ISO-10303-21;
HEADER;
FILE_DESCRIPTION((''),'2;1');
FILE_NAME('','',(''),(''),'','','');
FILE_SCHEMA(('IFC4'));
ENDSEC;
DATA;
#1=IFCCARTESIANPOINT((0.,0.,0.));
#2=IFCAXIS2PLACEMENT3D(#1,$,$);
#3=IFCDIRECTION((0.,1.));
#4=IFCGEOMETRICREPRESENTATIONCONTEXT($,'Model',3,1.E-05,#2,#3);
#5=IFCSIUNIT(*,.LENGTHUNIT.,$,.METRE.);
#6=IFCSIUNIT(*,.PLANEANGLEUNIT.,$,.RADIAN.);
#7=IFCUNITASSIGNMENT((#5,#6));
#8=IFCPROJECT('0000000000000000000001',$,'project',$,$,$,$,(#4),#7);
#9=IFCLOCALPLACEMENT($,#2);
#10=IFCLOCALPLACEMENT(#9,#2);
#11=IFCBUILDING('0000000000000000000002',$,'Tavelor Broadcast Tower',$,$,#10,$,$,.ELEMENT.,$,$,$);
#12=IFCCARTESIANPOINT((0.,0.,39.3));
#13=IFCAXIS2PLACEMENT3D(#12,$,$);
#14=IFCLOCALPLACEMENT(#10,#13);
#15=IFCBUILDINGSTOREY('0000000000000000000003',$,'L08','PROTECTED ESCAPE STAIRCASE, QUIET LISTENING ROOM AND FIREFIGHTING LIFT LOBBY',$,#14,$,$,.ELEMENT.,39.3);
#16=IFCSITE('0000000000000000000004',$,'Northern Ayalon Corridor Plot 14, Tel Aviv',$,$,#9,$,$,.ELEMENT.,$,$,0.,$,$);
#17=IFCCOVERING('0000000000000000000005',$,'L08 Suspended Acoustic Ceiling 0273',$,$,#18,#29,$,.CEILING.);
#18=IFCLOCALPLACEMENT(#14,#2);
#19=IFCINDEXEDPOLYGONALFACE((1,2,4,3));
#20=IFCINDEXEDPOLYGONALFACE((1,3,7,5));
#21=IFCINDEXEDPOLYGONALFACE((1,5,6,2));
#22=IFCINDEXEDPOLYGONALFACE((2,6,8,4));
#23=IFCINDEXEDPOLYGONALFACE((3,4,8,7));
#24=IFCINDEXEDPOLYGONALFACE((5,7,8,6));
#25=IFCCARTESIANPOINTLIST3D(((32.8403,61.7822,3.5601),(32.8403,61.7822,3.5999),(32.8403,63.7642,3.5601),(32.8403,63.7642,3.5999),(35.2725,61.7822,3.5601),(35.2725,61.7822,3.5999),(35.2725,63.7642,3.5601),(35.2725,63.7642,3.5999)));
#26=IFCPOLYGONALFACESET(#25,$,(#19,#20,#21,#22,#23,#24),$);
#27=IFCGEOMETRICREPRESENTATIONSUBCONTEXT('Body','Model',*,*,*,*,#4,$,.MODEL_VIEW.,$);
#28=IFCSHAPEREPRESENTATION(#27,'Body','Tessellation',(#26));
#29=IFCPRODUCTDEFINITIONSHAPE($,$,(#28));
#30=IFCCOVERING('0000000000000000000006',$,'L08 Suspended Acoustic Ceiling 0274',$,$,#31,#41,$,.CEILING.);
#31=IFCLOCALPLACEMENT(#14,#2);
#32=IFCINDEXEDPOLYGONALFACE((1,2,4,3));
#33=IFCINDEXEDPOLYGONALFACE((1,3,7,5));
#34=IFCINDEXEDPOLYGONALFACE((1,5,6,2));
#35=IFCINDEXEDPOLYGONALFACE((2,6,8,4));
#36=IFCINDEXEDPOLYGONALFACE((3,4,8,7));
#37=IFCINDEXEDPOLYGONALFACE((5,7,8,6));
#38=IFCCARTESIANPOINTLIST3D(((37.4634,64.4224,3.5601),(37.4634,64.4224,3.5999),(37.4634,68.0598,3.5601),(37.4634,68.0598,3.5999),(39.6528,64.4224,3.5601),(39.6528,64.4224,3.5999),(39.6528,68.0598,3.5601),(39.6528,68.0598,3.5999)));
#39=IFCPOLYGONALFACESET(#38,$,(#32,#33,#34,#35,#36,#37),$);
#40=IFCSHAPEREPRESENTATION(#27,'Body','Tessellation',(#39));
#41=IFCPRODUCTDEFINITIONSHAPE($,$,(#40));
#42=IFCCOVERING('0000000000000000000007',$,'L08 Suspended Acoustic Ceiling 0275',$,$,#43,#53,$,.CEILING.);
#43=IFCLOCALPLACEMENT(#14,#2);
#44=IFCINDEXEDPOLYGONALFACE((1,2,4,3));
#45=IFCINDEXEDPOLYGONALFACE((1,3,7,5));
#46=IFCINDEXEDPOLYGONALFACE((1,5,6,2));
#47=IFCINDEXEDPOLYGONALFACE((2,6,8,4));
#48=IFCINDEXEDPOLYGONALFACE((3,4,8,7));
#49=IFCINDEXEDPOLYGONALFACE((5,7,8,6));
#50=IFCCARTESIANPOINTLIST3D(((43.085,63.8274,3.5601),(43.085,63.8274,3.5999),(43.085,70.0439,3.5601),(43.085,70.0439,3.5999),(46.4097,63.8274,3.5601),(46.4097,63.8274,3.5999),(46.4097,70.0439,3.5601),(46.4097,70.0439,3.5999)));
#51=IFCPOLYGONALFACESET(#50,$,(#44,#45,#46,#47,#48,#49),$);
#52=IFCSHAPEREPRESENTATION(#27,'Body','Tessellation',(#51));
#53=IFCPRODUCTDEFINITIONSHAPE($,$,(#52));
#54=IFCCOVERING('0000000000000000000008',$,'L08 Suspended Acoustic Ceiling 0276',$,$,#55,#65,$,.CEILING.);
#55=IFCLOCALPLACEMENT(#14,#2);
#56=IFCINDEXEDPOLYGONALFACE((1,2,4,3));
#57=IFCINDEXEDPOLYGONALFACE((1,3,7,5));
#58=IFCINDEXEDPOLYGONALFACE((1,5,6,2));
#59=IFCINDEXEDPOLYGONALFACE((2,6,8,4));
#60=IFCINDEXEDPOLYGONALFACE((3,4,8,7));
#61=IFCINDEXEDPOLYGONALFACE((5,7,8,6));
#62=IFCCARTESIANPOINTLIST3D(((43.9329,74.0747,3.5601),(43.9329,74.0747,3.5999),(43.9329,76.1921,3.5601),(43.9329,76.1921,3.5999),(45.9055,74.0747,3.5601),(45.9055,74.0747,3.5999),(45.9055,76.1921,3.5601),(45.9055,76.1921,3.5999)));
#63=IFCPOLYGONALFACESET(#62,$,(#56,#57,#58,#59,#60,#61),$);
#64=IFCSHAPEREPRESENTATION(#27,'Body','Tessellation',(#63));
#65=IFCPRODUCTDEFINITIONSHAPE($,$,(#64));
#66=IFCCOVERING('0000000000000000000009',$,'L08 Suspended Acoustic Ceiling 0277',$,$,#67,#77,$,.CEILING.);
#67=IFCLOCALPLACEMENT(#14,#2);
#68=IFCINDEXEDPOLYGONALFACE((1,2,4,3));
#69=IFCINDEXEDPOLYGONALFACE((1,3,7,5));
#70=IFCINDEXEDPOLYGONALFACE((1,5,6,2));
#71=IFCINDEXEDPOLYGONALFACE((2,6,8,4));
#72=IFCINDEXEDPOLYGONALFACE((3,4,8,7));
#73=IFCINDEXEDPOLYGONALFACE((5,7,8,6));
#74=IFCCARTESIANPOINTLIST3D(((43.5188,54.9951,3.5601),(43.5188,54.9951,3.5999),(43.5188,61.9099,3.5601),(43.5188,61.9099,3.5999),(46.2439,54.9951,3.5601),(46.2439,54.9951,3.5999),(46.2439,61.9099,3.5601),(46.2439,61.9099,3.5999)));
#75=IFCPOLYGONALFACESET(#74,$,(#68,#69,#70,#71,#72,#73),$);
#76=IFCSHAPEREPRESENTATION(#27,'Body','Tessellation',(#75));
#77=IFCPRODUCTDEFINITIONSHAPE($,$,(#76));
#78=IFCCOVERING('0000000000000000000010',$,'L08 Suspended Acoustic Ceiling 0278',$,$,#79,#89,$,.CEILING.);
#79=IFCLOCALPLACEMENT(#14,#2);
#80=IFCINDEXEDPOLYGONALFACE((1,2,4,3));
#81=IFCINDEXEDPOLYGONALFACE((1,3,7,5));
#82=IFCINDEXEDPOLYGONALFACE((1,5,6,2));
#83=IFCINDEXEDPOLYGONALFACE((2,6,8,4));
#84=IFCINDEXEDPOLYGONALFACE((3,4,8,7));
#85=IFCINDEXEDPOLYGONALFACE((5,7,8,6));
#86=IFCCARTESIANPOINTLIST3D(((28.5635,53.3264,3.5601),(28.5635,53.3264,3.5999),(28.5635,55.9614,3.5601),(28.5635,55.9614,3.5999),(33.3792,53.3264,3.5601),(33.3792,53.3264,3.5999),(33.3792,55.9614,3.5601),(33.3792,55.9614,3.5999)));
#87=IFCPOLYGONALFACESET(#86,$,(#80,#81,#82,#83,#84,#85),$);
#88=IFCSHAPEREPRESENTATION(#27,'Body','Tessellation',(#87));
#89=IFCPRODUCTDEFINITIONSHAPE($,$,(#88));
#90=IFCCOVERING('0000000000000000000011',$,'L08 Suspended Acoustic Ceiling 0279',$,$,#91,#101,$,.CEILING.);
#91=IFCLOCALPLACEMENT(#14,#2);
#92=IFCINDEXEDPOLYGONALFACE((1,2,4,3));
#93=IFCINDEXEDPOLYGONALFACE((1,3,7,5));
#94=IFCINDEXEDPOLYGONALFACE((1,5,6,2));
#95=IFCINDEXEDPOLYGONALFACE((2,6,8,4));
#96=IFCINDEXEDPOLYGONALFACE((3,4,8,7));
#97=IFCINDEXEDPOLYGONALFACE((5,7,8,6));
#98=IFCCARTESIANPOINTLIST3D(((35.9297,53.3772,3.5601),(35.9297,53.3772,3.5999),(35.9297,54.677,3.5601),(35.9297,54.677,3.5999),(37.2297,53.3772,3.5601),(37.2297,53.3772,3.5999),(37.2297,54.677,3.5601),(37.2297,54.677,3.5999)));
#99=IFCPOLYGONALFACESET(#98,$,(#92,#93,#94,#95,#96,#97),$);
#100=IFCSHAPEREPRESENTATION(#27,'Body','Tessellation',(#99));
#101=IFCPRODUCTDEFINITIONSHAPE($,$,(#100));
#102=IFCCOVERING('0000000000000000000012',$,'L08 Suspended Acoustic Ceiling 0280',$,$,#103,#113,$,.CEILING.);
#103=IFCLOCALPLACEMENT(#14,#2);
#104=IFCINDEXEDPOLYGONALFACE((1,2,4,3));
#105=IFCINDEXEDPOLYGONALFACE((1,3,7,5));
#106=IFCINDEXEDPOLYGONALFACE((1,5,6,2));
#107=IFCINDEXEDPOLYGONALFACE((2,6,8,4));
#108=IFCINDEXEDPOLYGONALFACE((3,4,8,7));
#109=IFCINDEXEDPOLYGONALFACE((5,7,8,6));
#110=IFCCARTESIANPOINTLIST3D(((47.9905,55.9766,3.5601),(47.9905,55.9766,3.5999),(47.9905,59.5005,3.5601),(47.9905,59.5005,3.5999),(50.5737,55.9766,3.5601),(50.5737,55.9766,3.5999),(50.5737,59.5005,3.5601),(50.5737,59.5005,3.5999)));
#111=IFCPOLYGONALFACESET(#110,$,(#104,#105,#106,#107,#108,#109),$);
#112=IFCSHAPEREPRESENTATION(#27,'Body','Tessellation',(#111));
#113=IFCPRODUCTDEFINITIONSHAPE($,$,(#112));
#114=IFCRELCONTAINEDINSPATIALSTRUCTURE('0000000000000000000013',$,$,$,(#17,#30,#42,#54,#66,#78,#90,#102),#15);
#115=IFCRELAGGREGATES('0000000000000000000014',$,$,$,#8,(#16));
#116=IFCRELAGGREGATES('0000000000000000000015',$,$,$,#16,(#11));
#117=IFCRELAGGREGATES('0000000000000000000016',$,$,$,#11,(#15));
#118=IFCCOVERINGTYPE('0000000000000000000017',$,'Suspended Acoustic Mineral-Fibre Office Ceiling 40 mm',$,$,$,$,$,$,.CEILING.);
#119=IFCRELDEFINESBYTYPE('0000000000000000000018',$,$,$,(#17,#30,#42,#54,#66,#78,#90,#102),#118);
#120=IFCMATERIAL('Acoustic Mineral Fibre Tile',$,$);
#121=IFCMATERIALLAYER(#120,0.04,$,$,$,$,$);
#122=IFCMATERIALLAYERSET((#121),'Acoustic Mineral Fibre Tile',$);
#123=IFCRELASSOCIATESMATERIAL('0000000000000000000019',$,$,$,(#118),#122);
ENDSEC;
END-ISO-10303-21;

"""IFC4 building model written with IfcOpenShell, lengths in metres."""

from ifc_helpers import new_model, si_unit, direction, frame, origin, place, context, subcontext, project, spatial, polyline, outline, extrude, material, layer, layer_set, type_object, element, save


model = new_model("IFC4")

# Units and contexts
model_context = context("Model", 3, precision=1e-05, world=origin(), true_north=direction((0.0, 1.0)))
body_context = subcontext(model_context, "Body", "Model", "MODEL_VIEW")
ifc_project = project(units=[si_unit("LENGTHUNIT", "METRE"), si_unit("PLANEANGLEUNIT", "RADIAN")], contexts=[model_context])

# Site, building, storey
site_placement = place(None, origin())
site = spatial("IfcSite", under=ifc_project, at=site_placement, Name="Northern Ayalon Corridor Plot 14, Tel Aviv", CompositionType="ELEMENT", RefElevation=0.0)
building_placement = place(site_placement, origin())
building = spatial("IfcBuilding", under=site, at=building_placement, Name="Tavelor Broadcast Tower", CompositionType="ELEMENT")
storey_placement = place(building_placement, frame((0.0, 0.0, 39.3)))
storey = spatial("IfcBuildingStorey", under=building, at=storey_placement, Name="L08", Description="PROTECTED ESCAPE STAIRCASE, QUIET LISTENING ROOM AND FIREFIGHTING LIFT LOBBY", CompositionType="ELEMENT", Elevation=39.3)

# Coverings
ifc_material_1 = material(Name="Acoustic Mineral Fibre Tile")
ifc_layer_1 = layer(ifc_material_1, 0.04)
ifc_layer_set_1 = layer_set([ifc_layer_1], Name="Acoustic Mineral Fibre Tile")
covering_type_1 = type_object("IfcCoveringType", Name="Suspended Acoustic Mineral-Fibre Office Ceiling 40 mm", PredefinedType="CEILING", material=ifc_layer_set_1)
covering_1_placement = place(storey_placement, frame((0.0, 0.0, 3.5601)))
element("IfcCovering", 1, at=covering_1_placement, inside=storey, type_object=covering_type_1, Name="L08 Suspended Acoustic Ceiling 0273", PredefinedType="CEILING", context=body_context, shape_type="SweptSolid", body=[
    extrude(outline(polyline([(32.8403, 61.7822), (35.2725, 61.7822), (35.2725, 63.7642), (32.8403, 63.7642), (32.8403, 61.7822)])), origin(), (0.0, 0.0, 1.0), 0.0398),
])
covering_2_placement = place(storey_placement, frame((0.0, 0.0, 3.5601)))
element("IfcCovering", 2, at=covering_2_placement, inside=storey, type_object=covering_type_1, Name="L08 Suspended Acoustic Ceiling 0274", PredefinedType="CEILING", context=body_context, shape_type="SweptSolid", body=[
    extrude(outline(polyline([(37.4634, 64.4224), (39.6528, 64.4224), (39.6528, 68.0598), (37.4634, 68.0598), (37.4634, 64.4224)])), origin(), (0.0, 0.0, 1.0), 0.0398),
])
covering_3_placement = place(storey_placement, frame((0.0, 0.0, 3.5601)))
element("IfcCovering", 3, at=covering_3_placement, inside=storey, type_object=covering_type_1, Name="L08 Suspended Acoustic Ceiling 0275", PredefinedType="CEILING", context=body_context, shape_type="SweptSolid", body=[
    extrude(outline(polyline([(43.085, 63.8274), (46.4097, 63.8274), (46.4097, 70.0439), (43.085, 70.0439), (43.085, 63.8274)])), origin(), (0.0, 0.0, 1.0), 0.0398),
])
covering_4_placement = place(storey_placement, frame((0.0, 0.0, 3.5601)))
element("IfcCovering", 4, at=covering_4_placement, inside=storey, type_object=covering_type_1, Name="L08 Suspended Acoustic Ceiling 0276", PredefinedType="CEILING", context=body_context, shape_type="SweptSolid", body=[
    extrude(outline(polyline([(43.9329, 74.0747), (45.9055, 74.0747), (45.9055, 76.1921), (43.9329, 76.1921), (43.9329, 74.0747)])), origin(), (0.0, 0.0, 1.0), 0.0398),
])
covering_5_placement = place(storey_placement, frame((0.0, 0.0, 3.5601)))
element("IfcCovering", 5, at=covering_5_placement, inside=storey, type_object=covering_type_1, Name="L08 Suspended Acoustic Ceiling 0277", PredefinedType="CEILING", context=body_context, shape_type="SweptSolid", body=[
    extrude(outline(polyline([(43.5188, 54.9951), (46.2439, 54.9951), (46.2439, 61.9099), (43.5188, 61.9099), (43.5188, 54.9951)])), origin(), (0.0, 0.0, 1.0), 0.0398),
])
covering_6_placement = place(storey_placement, frame((0.0, 0.0, 3.5601)))
element("IfcCovering", 6, at=covering_6_placement, inside=storey, type_object=covering_type_1, Name="L08 Suspended Acoustic Ceiling 0278", PredefinedType="CEILING", context=body_context, shape_type="SweptSolid", body=[
    extrude(outline(polyline([(28.5635, 53.3264), (33.3792, 53.3264), (33.3792, 55.9614), (28.5635, 55.9614), (28.5635, 53.3264)])), origin(), (0.0, 0.0, 1.0), 0.0398),
])
covering_7_placement = place(storey_placement, frame((0.0, 0.0, 3.5601)))
element("IfcCovering", 7, at=covering_7_placement, inside=storey, type_object=covering_type_1, Name="L08 Suspended Acoustic Ceiling 0279", PredefinedType="CEILING", context=body_context, shape_type="SweptSolid", body=[
    extrude(outline(polyline([(35.9297, 53.3772), (37.2297, 53.3772), (37.2297, 54.677), (35.9297, 54.677), (35.9297, 53.3772)])), origin(), (0.0, 0.0, 1.0), 0.0398),
])
covering_8_placement = place(storey_placement, frame((0.0, 0.0, 3.5601)))
element("IfcCovering", 8, at=covering_8_placement, inside=storey, type_object=covering_type_1, Name="L08 Suspended Acoustic Ceiling 0280", PredefinedType="CEILING", context=body_context, shape_type="SweptSolid", body=[
    extrude(outline(polyline([(47.9905, 55.9766), (50.5737, 55.9766), (50.5737, 59.5005), (47.9905, 59.5005), (47.9905, 55.9766)])), origin(), (0.0, 0.0, 1.0), 0.0398),
])

save(model, "model.ifc")
